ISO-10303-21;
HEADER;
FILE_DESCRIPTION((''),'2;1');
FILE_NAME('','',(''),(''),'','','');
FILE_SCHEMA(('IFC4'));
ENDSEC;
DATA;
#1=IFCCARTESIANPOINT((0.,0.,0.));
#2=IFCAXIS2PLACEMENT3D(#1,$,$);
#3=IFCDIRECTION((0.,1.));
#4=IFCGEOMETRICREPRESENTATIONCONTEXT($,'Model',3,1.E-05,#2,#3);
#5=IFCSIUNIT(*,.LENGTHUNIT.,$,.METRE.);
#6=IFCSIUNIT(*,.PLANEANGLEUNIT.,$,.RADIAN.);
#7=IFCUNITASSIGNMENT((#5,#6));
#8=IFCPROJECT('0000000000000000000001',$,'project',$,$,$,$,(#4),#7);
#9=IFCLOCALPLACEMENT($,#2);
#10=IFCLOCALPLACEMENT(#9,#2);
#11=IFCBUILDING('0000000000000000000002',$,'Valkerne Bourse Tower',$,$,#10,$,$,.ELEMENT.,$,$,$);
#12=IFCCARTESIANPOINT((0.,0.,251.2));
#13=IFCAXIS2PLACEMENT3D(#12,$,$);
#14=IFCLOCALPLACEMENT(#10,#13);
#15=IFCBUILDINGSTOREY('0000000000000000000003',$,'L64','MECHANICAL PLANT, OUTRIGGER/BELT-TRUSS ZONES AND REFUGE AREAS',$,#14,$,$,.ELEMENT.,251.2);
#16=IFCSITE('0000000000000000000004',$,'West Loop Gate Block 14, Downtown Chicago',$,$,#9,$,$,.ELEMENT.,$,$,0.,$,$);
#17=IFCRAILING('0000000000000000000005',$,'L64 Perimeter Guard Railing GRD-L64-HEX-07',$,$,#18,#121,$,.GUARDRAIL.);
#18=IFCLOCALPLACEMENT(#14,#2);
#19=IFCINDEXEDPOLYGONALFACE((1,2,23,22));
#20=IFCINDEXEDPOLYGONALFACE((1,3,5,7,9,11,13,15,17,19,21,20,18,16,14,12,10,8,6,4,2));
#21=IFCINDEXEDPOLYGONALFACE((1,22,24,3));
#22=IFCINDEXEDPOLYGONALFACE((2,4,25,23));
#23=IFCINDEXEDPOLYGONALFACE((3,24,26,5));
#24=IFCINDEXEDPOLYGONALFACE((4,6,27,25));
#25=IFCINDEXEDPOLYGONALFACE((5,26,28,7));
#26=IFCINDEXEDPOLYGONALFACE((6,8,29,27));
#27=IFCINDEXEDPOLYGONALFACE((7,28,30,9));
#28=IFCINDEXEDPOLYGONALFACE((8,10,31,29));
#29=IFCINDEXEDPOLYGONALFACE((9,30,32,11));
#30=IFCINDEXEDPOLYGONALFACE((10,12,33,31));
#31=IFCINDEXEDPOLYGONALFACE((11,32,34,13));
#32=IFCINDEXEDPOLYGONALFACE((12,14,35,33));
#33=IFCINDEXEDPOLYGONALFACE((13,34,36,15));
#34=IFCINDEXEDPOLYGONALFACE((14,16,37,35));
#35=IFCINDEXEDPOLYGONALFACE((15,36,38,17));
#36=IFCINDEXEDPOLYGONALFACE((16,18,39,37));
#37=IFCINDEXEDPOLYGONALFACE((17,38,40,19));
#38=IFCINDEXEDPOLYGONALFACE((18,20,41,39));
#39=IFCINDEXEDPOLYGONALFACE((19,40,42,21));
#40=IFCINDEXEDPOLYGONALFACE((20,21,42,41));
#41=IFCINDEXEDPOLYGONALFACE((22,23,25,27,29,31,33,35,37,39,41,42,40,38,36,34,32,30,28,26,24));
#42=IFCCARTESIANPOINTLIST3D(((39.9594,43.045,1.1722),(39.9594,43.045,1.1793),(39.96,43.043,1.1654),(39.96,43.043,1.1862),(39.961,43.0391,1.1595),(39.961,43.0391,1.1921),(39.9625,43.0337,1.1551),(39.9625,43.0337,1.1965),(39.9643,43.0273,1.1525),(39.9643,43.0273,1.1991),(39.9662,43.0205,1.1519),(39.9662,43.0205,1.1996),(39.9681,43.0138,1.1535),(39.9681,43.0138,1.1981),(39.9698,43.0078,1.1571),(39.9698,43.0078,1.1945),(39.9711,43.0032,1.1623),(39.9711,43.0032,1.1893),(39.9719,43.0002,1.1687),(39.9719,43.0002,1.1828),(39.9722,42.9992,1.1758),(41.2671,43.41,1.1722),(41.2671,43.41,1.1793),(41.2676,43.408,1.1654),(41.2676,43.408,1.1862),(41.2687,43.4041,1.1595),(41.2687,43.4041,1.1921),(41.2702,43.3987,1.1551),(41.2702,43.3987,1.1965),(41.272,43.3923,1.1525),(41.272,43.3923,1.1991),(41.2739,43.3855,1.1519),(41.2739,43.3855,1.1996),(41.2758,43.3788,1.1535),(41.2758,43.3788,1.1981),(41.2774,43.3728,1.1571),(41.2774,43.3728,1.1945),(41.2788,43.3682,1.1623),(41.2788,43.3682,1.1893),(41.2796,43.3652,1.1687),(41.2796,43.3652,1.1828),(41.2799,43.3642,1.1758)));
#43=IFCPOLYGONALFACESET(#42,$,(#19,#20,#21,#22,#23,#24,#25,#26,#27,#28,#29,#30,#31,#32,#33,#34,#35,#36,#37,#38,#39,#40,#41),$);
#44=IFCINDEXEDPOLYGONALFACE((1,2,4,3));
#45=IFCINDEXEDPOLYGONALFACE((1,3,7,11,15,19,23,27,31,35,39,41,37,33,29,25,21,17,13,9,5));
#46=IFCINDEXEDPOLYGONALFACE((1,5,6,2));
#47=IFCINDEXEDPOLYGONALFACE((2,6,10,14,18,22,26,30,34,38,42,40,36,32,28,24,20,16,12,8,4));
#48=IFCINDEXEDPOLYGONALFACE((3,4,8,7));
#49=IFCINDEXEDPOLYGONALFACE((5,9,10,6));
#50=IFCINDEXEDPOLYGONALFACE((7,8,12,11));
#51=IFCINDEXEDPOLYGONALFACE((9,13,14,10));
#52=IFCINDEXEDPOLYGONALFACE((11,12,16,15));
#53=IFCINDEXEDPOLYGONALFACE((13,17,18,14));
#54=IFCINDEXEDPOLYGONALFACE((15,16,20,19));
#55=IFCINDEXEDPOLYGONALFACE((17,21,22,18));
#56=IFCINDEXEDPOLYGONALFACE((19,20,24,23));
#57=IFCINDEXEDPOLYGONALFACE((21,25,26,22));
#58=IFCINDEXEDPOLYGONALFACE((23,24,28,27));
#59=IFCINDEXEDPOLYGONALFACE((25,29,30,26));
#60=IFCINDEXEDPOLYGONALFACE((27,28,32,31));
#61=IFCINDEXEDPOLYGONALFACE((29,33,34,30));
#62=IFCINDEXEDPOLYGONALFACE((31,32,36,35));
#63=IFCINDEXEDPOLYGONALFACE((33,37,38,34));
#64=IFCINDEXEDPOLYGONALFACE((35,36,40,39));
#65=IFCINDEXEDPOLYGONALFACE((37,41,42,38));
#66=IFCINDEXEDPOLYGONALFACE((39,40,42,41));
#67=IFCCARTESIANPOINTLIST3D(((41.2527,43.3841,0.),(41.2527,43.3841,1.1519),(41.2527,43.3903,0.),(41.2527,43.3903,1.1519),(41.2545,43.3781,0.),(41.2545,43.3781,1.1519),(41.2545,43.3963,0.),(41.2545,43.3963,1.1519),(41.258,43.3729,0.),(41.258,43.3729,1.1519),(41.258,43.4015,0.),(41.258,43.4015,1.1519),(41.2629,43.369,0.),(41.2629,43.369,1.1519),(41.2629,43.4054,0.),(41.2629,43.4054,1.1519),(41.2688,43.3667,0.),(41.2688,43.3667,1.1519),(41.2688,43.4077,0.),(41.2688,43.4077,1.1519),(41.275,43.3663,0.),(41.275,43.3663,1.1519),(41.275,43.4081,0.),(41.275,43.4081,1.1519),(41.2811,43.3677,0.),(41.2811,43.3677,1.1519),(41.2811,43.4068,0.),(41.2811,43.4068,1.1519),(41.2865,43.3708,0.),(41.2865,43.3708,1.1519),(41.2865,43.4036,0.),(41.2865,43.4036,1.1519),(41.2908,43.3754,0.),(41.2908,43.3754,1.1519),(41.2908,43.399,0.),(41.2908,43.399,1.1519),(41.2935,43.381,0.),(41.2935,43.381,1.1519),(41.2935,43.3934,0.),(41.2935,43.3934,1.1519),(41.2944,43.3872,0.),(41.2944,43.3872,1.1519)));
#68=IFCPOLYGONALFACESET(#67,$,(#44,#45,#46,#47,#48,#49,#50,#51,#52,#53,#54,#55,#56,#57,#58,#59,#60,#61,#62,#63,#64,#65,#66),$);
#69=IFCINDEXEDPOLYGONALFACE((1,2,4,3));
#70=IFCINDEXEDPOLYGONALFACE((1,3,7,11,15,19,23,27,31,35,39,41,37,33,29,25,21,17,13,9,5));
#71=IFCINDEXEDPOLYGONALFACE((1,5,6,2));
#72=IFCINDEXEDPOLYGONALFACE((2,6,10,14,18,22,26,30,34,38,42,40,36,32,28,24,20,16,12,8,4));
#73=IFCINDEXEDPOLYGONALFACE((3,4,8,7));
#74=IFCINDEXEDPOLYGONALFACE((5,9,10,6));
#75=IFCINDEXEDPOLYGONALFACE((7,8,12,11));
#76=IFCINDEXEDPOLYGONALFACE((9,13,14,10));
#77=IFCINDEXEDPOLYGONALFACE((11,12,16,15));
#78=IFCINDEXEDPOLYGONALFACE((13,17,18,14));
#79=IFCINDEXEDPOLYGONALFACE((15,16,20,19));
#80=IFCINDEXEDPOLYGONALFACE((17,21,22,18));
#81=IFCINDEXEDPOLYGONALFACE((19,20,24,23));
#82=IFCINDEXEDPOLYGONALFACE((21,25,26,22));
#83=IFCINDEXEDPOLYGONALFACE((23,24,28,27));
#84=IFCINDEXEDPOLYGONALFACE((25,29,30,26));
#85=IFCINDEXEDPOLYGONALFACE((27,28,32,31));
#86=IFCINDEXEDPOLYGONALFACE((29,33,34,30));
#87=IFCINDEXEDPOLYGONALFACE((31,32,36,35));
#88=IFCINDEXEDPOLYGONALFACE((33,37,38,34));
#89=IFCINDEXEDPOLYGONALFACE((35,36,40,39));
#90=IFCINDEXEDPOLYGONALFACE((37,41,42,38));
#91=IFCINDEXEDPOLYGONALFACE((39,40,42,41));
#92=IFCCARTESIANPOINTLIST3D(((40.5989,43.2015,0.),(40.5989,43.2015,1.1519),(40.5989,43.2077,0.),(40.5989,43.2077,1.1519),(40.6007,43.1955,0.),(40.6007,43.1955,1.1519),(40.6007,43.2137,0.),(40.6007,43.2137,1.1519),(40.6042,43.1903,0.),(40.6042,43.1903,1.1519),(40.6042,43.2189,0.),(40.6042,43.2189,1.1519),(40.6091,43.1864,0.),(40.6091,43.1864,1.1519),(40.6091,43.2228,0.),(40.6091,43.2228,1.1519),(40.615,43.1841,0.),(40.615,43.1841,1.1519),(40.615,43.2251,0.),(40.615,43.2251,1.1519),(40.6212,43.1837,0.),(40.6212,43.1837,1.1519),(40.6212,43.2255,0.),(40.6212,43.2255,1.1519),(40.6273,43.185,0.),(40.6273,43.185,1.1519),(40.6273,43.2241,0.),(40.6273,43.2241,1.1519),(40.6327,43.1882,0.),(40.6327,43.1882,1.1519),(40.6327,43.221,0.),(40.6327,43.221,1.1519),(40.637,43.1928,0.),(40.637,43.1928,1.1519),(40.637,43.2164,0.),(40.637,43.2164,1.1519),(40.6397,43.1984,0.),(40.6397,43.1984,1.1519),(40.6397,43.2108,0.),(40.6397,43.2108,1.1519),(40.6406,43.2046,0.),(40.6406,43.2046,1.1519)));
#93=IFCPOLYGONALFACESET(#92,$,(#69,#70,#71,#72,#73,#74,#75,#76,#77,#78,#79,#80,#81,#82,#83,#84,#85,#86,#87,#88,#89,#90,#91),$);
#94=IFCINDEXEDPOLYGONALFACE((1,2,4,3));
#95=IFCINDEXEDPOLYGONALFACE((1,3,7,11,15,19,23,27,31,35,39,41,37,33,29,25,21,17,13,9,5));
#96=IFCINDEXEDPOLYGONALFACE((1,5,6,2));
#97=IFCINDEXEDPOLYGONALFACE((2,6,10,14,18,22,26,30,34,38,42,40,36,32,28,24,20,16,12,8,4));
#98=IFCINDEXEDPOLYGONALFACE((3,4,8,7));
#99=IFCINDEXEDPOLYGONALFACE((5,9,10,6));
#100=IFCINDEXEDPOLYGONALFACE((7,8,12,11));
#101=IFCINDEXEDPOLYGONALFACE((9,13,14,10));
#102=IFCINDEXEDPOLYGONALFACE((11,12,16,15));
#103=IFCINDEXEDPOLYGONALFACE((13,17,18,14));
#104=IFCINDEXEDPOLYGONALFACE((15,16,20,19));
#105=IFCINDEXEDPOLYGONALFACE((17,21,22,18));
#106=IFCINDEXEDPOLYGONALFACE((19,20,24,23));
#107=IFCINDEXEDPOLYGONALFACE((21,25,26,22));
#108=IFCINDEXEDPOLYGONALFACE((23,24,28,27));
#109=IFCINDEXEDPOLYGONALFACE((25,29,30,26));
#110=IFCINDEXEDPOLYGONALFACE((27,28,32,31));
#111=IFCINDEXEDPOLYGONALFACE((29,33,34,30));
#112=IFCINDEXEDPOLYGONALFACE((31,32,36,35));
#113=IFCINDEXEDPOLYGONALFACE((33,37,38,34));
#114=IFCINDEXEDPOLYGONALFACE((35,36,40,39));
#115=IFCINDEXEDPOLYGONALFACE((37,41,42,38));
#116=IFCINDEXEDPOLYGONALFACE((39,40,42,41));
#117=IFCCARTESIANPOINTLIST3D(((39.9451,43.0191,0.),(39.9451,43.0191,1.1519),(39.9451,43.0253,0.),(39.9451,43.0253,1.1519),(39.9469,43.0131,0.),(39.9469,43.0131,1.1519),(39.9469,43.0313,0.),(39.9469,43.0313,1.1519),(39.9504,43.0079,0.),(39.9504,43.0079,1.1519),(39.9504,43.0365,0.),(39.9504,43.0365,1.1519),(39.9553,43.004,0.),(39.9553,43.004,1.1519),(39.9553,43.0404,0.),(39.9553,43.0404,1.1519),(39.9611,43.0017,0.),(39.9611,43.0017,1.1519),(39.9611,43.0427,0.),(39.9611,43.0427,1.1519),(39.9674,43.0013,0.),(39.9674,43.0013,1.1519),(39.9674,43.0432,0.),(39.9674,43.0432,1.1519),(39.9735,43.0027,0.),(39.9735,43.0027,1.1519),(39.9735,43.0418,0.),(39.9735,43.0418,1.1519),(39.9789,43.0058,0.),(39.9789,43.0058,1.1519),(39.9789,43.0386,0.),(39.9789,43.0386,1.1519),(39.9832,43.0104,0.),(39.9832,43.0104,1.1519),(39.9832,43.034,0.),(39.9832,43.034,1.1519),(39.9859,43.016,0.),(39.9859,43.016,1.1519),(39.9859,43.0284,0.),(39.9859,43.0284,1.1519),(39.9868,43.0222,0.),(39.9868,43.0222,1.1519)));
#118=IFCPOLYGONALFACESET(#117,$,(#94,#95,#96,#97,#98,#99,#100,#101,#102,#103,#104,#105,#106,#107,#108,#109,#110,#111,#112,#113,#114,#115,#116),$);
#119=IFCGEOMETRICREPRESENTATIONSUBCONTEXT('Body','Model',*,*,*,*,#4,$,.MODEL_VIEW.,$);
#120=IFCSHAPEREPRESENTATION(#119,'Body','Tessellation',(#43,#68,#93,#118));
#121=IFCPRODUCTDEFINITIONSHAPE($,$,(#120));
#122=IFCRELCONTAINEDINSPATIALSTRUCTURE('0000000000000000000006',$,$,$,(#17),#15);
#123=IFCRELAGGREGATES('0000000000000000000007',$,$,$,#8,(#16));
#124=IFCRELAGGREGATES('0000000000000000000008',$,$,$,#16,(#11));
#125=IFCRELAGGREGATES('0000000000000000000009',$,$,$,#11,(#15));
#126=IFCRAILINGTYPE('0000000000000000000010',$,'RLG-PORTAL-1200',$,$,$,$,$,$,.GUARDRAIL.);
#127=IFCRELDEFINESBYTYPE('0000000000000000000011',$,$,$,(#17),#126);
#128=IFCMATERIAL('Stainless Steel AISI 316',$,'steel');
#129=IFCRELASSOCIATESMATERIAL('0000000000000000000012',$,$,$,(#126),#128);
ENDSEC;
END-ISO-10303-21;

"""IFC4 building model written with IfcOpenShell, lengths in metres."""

from ifc_helpers import new_model, si_unit, direction, frame, origin, origin_2d, place, context, subcontext, project, spatial, circle, extrude, material, type_object, element, save


model = new_model("IFC4")

# Units and contexts
model_context = context("Model", 3, precision=1e-05, world=origin(), true_north=direction((0.0, 1.0)))
body_context = subcontext(model_context, "Body", "Model", "MODEL_VIEW")
ifc_project = project(units=[si_unit("LENGTHUNIT", "METRE"), si_unit("PLANEANGLEUNIT", "RADIAN")], contexts=[model_context])

# Site, building, storey
site_placement = place(None, origin())
site = spatial("IfcSite", under=ifc_project, at=site_placement, Name="West Loop Gate Block 14, Downtown Chicago", CompositionType="ELEMENT", RefElevation=0.0)
building_placement = place(site_placement, origin())
building = spatial("IfcBuilding", under=site, at=building_placement, Name="Valkerne Bourse Tower", CompositionType="ELEMENT")
storey_placement = place(building_placement, frame((0.0, 0.0, 251.2)))
storey = spatial("IfcBuildingStorey", under=building, at=storey_placement, Name="L64", Description="MECHANICAL PLANT, OUTRIGGER/BELT-TRUSS ZONES AND REFUGE AREAS", CompositionType="ELEMENT", Elevation=251.2)

# Railing
ifc_material_1 = material(Name="Stainless Steel AISI 316", Category="steel")
railing_type = type_object("IfcRailingType", Name="RLG-PORTAL-1200", PredefinedType="GUARDRAIL", material=ifc_material_1)
railing_1_placement = place(storey_placement, frame((41.2734, 43.3872, 0.0)))
element("IfcRailing", 1, at=railing_1_placement, inside=storey, type_object=railing_type, Name="L64 Perimeter Guard Railing GRD-L64-HEX-07", PredefinedType="GUARDRAIL", context=body_context, shape_type="SweptSolid", body=[
    extrude(circle(Radius=0.0239, at=origin_2d()), frame((0.0, 0.0, 1.1758), z_axis=(-0.963182, -0.268849, 0.0), x_axis=(0.268849, -0.963182, 0.0)), (0.0, 0.0, 1.0), 1.3577),
    extrude(circle(Radius=0.021, at=origin_2d()), origin(), (0.0, 0.0, 1.0), 1.1519),
    extrude(circle(Radius=0.021, at=origin_2d()), frame((-0.6538, -0.1826, 0.0)), (0.0, 0.0, 1.0), 1.1519),
    extrude(circle(Radius=0.021, at=origin_2d()), frame((-1.3076, -0.365, 0.0)), (0.0, 0.0, 1.0), 1.1519),
])

save(model, "model.ifc")
